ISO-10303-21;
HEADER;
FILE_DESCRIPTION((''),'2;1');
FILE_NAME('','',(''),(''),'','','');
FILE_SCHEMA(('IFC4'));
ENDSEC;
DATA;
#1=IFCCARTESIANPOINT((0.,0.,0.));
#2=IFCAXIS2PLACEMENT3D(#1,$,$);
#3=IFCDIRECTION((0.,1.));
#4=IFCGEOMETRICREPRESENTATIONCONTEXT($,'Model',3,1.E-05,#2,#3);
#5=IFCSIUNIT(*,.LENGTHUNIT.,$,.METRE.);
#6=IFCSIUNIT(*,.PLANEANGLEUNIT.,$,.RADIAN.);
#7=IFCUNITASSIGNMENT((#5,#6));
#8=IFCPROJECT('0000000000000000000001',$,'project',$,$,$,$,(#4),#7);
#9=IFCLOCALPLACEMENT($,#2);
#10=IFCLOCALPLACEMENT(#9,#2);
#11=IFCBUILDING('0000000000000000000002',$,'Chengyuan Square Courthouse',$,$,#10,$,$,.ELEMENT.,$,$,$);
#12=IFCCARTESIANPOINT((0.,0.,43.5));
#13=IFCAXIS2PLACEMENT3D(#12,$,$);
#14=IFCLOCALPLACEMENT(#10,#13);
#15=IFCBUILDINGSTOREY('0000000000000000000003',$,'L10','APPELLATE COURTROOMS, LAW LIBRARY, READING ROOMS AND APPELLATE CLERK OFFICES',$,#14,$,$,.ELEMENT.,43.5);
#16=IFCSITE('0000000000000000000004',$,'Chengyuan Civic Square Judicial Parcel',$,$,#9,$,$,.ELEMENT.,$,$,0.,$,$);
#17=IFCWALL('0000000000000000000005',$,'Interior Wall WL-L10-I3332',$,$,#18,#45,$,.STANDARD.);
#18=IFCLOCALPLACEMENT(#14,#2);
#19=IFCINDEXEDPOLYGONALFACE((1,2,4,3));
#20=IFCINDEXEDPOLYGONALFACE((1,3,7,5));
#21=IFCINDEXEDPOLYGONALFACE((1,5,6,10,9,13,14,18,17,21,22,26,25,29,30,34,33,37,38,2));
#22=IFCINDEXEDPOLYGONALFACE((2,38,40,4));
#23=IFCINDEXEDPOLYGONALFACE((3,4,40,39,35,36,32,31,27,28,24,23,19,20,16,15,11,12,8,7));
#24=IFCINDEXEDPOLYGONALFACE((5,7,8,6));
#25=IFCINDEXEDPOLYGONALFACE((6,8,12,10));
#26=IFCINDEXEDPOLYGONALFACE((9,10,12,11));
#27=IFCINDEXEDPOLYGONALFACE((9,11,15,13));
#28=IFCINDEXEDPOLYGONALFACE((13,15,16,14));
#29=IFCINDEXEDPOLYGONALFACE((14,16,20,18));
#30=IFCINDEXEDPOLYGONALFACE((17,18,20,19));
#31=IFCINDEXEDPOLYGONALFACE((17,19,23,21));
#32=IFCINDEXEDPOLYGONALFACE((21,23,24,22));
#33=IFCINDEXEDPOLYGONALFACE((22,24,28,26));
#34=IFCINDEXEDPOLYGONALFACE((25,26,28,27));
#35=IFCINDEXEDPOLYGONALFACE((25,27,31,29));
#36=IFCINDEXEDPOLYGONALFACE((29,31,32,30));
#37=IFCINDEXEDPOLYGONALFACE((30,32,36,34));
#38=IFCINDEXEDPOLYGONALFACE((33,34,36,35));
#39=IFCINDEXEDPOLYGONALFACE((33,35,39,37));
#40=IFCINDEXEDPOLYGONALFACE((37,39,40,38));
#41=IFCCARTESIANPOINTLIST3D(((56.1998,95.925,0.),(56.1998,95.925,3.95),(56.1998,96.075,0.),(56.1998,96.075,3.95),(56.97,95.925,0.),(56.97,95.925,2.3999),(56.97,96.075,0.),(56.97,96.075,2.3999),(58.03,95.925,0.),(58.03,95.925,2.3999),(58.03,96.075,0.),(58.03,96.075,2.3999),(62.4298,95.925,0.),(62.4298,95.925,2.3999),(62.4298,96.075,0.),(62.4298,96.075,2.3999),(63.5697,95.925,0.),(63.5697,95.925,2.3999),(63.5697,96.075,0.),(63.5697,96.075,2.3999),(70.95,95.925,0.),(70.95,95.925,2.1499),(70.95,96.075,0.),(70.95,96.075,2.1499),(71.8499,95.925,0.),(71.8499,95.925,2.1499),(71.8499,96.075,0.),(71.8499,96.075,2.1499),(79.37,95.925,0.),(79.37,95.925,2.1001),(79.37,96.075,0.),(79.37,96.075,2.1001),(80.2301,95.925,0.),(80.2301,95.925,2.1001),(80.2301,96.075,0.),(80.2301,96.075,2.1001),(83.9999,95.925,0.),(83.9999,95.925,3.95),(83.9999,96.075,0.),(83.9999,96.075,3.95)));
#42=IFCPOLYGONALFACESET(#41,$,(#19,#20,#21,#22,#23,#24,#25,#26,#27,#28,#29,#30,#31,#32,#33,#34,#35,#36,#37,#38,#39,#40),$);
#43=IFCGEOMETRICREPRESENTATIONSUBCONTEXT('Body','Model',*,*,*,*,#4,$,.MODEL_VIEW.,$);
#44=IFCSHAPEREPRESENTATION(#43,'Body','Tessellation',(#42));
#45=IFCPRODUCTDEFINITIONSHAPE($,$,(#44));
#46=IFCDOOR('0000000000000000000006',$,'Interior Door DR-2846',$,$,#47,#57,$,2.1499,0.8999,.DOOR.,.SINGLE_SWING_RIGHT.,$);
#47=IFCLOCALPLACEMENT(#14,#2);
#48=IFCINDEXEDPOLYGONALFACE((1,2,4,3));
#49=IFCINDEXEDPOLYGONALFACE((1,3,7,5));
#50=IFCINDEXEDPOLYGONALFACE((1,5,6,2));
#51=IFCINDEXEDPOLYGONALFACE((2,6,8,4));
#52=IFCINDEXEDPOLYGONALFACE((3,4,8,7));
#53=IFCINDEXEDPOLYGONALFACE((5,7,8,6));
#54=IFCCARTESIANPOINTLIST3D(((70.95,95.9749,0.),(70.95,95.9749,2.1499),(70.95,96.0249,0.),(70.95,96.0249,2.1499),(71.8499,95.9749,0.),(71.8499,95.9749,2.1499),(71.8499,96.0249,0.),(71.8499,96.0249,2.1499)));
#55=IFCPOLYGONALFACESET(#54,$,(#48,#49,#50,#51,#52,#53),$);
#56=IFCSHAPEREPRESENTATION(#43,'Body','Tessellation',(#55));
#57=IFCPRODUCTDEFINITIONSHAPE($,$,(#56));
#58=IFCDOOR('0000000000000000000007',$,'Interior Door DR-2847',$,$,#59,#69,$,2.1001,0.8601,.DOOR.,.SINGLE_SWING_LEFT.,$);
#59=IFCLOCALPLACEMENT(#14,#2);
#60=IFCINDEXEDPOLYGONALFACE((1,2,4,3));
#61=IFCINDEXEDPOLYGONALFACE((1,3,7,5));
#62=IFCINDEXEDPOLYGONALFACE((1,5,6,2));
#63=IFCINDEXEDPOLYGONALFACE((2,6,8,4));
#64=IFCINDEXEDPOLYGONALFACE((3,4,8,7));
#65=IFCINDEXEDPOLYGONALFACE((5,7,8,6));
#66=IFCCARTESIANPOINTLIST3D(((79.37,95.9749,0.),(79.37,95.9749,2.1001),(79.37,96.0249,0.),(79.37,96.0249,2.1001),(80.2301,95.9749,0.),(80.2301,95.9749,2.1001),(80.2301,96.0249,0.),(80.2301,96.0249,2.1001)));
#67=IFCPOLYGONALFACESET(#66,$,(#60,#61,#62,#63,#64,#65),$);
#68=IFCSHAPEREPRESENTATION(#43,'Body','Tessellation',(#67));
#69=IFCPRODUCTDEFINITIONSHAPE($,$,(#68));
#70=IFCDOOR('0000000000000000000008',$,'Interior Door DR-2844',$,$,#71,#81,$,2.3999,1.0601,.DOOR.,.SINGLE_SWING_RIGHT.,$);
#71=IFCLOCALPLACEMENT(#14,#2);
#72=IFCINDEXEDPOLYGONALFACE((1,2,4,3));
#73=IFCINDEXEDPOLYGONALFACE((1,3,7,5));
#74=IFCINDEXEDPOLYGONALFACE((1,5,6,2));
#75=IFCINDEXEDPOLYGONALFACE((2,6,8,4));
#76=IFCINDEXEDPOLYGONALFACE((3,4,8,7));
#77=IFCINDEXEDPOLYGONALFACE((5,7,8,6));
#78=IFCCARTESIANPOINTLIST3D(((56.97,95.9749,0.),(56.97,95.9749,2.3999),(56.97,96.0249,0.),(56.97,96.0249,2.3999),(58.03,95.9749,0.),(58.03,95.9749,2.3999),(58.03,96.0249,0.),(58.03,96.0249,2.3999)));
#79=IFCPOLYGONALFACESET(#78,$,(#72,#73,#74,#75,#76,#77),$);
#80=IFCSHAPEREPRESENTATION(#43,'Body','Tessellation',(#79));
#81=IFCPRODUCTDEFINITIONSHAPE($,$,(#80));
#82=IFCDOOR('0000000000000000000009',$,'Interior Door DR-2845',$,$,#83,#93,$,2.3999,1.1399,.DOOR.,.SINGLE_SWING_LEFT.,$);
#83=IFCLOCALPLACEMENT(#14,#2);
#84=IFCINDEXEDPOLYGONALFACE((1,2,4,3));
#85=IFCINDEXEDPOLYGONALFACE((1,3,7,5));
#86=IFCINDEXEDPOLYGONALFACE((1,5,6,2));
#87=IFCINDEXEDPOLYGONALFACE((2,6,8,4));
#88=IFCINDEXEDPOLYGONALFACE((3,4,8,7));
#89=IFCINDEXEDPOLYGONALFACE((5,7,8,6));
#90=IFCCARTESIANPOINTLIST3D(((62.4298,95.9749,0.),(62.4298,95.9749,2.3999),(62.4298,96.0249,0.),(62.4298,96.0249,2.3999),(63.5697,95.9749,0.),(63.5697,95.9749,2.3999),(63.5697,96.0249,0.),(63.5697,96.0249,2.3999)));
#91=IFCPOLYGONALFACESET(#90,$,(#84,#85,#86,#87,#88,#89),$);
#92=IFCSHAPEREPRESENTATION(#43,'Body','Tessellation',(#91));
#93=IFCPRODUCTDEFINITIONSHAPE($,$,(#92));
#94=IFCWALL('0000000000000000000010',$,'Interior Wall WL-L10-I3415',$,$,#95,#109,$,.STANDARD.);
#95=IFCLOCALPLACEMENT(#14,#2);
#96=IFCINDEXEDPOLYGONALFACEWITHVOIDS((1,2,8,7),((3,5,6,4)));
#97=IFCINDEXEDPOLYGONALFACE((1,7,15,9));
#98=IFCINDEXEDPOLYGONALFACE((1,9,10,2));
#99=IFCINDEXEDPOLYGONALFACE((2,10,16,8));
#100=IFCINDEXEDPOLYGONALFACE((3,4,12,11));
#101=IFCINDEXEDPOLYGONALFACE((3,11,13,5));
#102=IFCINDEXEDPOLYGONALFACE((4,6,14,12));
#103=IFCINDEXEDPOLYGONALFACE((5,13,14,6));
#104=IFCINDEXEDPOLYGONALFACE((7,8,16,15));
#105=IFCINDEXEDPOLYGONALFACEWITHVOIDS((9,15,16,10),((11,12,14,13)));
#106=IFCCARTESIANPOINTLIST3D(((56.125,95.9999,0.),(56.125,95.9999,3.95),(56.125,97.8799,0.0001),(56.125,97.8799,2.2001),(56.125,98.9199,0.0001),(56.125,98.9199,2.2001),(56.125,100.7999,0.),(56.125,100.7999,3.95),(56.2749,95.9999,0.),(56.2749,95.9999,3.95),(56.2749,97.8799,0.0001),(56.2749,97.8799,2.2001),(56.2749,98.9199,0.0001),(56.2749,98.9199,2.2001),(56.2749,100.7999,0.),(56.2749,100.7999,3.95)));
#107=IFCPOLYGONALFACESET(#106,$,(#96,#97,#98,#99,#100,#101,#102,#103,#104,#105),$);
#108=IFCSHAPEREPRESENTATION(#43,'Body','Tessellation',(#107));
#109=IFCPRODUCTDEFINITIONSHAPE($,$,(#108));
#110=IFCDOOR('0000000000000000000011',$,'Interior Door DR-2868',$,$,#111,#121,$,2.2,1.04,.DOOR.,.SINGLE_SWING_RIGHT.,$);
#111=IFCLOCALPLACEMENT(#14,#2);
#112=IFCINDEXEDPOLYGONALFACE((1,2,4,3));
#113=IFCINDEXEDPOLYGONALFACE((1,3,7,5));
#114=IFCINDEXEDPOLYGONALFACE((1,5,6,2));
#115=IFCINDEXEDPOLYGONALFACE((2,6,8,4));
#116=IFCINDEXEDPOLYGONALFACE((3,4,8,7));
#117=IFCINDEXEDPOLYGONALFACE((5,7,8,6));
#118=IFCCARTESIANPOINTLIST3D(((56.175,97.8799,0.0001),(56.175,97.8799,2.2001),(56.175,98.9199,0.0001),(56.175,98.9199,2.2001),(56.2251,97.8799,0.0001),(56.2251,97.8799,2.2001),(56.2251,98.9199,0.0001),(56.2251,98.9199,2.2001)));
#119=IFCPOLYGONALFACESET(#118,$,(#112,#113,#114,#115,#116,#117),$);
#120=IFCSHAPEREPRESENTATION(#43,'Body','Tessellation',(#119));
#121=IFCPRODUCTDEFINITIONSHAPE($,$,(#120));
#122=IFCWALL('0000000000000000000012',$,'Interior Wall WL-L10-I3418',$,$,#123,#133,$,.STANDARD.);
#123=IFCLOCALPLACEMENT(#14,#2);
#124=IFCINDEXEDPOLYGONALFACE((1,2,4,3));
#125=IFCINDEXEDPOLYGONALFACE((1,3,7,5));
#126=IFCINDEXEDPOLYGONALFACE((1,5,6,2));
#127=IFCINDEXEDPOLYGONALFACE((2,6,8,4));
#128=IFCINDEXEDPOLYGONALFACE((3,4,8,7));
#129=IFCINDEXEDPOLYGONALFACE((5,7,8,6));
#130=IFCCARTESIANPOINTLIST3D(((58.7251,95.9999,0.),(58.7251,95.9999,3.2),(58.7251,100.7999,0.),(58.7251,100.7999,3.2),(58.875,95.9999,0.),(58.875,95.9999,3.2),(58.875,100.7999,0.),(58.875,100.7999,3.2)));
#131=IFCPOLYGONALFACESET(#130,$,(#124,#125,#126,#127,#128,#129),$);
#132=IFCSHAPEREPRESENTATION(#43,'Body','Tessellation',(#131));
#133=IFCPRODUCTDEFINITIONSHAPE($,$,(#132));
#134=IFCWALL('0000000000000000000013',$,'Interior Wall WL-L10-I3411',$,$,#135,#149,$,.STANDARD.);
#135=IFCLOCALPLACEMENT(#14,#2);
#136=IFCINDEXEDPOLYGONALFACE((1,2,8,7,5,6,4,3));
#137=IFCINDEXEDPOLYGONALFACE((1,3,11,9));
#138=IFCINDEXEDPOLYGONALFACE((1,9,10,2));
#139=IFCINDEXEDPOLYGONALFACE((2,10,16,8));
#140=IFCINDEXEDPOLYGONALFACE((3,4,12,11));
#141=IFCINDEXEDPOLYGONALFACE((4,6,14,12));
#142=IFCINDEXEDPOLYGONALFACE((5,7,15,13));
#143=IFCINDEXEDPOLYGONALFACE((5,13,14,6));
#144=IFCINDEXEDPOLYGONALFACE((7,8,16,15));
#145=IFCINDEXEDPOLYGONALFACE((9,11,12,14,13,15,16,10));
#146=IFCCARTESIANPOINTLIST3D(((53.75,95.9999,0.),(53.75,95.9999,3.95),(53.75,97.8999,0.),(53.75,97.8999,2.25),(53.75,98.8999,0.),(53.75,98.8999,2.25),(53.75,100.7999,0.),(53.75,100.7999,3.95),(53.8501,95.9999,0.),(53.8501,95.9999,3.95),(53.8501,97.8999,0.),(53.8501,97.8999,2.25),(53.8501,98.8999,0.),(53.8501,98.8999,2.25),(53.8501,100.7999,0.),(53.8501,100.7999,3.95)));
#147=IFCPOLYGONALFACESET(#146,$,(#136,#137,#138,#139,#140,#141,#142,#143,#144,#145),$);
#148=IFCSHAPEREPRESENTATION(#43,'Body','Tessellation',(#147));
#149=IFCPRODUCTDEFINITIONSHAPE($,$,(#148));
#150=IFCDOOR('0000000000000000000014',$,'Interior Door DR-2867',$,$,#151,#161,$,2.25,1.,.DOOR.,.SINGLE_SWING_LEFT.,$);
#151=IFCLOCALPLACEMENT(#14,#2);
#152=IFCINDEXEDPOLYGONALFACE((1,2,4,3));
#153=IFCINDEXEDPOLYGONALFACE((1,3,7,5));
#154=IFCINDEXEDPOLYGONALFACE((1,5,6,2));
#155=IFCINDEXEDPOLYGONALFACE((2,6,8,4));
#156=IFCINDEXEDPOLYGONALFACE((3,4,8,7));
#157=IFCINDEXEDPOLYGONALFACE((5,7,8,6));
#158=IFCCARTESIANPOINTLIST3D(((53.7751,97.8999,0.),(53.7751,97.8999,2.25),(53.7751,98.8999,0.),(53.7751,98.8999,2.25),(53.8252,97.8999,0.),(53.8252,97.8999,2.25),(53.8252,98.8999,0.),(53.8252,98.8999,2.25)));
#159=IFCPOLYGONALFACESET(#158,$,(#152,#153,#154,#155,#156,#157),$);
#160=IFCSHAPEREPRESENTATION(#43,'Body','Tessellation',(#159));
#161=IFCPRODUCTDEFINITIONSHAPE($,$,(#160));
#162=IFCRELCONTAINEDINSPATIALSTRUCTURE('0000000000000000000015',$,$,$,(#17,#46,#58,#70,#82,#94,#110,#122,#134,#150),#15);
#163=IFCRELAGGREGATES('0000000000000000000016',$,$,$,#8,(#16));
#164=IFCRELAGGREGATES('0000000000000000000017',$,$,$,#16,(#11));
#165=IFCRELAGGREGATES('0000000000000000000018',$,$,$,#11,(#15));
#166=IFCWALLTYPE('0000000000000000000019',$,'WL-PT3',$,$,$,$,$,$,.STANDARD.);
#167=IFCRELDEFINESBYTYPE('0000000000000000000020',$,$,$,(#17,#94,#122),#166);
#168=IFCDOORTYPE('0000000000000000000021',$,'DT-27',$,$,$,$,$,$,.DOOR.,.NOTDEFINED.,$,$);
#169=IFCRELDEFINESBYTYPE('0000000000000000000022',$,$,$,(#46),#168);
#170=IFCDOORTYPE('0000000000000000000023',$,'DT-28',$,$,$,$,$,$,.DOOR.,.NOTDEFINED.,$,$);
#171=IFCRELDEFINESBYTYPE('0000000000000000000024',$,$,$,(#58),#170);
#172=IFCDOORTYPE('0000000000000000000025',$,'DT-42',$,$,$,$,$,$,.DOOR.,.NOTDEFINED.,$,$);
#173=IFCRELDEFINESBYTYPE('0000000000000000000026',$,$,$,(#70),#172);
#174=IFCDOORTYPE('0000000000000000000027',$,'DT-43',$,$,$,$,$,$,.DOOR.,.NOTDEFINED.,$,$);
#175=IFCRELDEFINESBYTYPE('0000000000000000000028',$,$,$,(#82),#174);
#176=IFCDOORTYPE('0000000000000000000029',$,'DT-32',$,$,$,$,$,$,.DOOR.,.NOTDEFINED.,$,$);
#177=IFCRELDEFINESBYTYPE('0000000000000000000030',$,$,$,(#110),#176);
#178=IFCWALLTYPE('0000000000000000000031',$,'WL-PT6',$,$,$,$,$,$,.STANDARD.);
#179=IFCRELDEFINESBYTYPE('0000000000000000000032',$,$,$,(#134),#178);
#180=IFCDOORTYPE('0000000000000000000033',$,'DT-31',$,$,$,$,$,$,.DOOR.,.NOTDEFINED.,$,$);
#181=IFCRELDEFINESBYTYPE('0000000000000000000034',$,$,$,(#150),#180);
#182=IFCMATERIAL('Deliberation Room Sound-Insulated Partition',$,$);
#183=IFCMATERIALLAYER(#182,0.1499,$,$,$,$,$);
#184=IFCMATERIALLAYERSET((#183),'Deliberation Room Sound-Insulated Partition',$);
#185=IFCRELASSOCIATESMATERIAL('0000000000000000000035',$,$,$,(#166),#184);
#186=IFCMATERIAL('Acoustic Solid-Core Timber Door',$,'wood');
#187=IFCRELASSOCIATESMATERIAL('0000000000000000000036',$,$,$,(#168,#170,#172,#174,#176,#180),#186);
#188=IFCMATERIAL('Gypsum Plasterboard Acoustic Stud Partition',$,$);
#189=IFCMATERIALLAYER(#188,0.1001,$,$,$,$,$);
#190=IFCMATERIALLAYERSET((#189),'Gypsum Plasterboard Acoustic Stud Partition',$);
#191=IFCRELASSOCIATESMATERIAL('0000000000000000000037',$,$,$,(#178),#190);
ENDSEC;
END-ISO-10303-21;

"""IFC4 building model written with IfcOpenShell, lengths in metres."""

from ifc_helpers import new_model, si_unit, direction, frame, frame_2d, origin, place, context, subcontext, project, spatial, rectangle, extrude, material, layer, layer_set, type_object, element, fill, save


model = new_model("IFC4")

# Units and contexts
model_context = context("Model", 3, precision=1e-05, world=origin(), true_north=direction((0.0, 1.0)))
body_context = subcontext(model_context, "Body", "Model", "MODEL_VIEW")
ifc_project = project(units=[si_unit("LENGTHUNIT", "METRE"), si_unit("PLANEANGLEUNIT", "RADIAN")], contexts=[model_context])

# Site, building, storey
site_placement = place(None, origin())
site = spatial("IfcSite", under=ifc_project, at=site_placement, Name="Chengyuan Civic Square Judicial Parcel", CompositionType="ELEMENT", RefElevation=0.0)
building_placement = place(site_placement, origin())
building = spatial("IfcBuilding", under=site, at=building_placement, Name="Chengyuan Square Courthouse", CompositionType="ELEMENT")
storey_placement = place(building_placement, frame((0.0, 0.0, 43.5)))
storey = spatial("IfcBuildingStorey", under=building, at=storey_placement, Name="L10", Description="APPELLATE COURTROOMS, LAW LIBRARY, READING ROOMS AND APPELLATE CLERK OFFICES", CompositionType="ELEMENT", Elevation=43.5)

# Wall, openings, doors
ifc_material_1 = material(Name="Deliberation Room Sound-Insulated Partition")
ifc_layer_1 = layer(ifc_material_1, 0.1499)
ifc_layer_set_1 = layer_set([ifc_layer_1], Name="Deliberation Room Sound-Insulated Partition")
wall_type_1 = type_object("IfcWallType", Name="WL-PT3", PredefinedType="STANDARD", material=ifc_layer_set_1)
wall_1_placement = place(storey_placement, frame((56.2, 96.0, 0.0), z_axis=(0.0, 0.0, 1.0), x_axis=(1.0, 0.0, 0.0)))
wall_1 = element("IfcWall", 1, at=wall_1_placement, inside=storey, type_object=wall_type_1, Name="Interior Wall WL-L10-I3332", PredefinedType="STANDARD", context=body_context, shape_type="SweptSolid", body=[
    extrude(rectangle(XDim=27.8, YDim=0.1499, at=frame_2d((13.8999, 0.0))), origin(), (0.0, 0.0, 1.0), 3.95),
])
opening_1_placement = place(wall_1_placement, frame((0.77, 0.0, 0.0)))
opening_1 = element("IfcOpeningElement", 2, at=opening_1_placement, cuts=wall_1, PredefinedType="OPENING", context=body_context, shape_type="SweptSolid", body=[
    extrude(rectangle(XDim=1.0601, YDim=2.3999, at=frame_2d((0.53, 1.2))), frame((0.0, 0.0869, 0.0), z_axis=(0.0, -1.0, 0.0), x_axis=(1.0, 0.0, 0.0)), (0.0, 0.0, 1.0), 0.1738),
])
opening_2_placement = place(wall_1_placement, frame((6.23, 0.0, 0.0)))
opening_2 = element("IfcOpeningElement", 3, at=opening_2_placement, cuts=wall_1, PredefinedType="OPENING", context=body_context, shape_type="SweptSolid", body=[
    extrude(rectangle(XDim=1.1399, YDim=2.3999, at=frame_2d((0.5698, 1.2))), frame((0.0, 0.0869, 0.0), z_axis=(0.0, -1.0, 0.0), x_axis=(1.0, 0.0, 0.0)), (0.0, 0.0, 1.0), 0.1738),
])
opening_3_placement = place(wall_1_placement, frame((14.75, 0.0, 0.0)))
opening_3 = element("IfcOpeningElement", 4, at=opening_3_placement, cuts=wall_1, PredefinedType="OPENING", context=body_context, shape_type="SweptSolid", body=[
    extrude(rectangle(XDim=0.8999, YDim=2.1499, at=frame_2d((0.45, 1.075))), frame((0.0, 0.0869, 0.0), z_axis=(0.0, -1.0, 0.0), x_axis=(1.0, 0.0, 0.0)), (0.0, 0.0, 1.0), 0.1738),
])
opening_4_placement = place(wall_1_placement, frame((23.1699, 0.0, 0.0)))
opening_4 = element("IfcOpeningElement", 5, at=opening_4_placement, cuts=wall_1, PredefinedType="OPENING", context=body_context, shape_type="SweptSolid", body=[
    extrude(rectangle(XDim=0.8601, YDim=2.1001, at=frame_2d((0.4302, 1.05))), frame((0.0, 0.0869, 0.0), z_axis=(0.0, -1.0, 0.0), x_axis=(1.0, 0.0, 0.0)), (0.0, 0.0, 1.0), 0.1738),
])
ifc_material_2 = material(Name="Acoustic Solid-Core Timber Door", Category="wood")
door_type_1 = type_object("IfcDoorType", Name="DT-27", OperationType="NOTDEFINED", PredefinedType="DOOR", material=ifc_material_2)
door_1_placement = place(opening_3_placement, origin())
door_1 = element("IfcDoor", 6, at=door_1_placement, inside=storey, type_object=door_type_1, Name="Interior Door DR-2846", OperationType="SINGLE_SWING_RIGHT", OverallHeight=2.1499, OverallWidth=0.8999, PredefinedType="DOOR", context=body_context, shape_type="SweptSolid", body=[
    extrude(rectangle(XDim=0.8999, YDim=2.1499, at=frame_2d((0.45, 1.075))), frame((0.0, 0.0249, 0.0), z_axis=(0.0, -1.0, 0.0), x_axis=(1.0, 0.0, 0.0)), (0.0, 0.0, 1.0), 0.05),
])
fill(opening_3, door_1)
door_type_2 = type_object("IfcDoorType", Name="DT-28", OperationType="NOTDEFINED", PredefinedType="DOOR", material=ifc_material_2)
door_2_placement = place(opening_4_placement, origin())
door_2 = element("IfcDoor", 7, at=door_2_placement, inside=storey, type_object=door_type_2, Name="Interior Door DR-2847", OperationType="SINGLE_SWING_LEFT", OverallHeight=2.1001, OverallWidth=0.8601, PredefinedType="DOOR", context=body_context, shape_type="SweptSolid", body=[
    extrude(rectangle(XDim=0.8601, YDim=2.1001, at=frame_2d((0.4302, 1.05))), frame((0.0, 0.0249, 0.0), z_axis=(0.0, -1.0, 0.0), x_axis=(1.0, 0.0, 0.0)), (0.0, 0.0, 1.0), 0.05),
])
fill(opening_4, door_2)
door_type_3 = type_object("IfcDoorType", Name="DT-42", OperationType="NOTDEFINED", PredefinedType="DOOR", material=ifc_material_2)
door_3_placement = place(opening_1_placement, origin())
door_3 = element("IfcDoor", 8, at=door_3_placement, inside=storey, type_object=door_type_3, Name="Interior Door DR-2844", OperationType="SINGLE_SWING_RIGHT", OverallHeight=2.3999, OverallWidth=1.0601, PredefinedType="DOOR", context=body_context, shape_type="SweptSolid", body=[
    extrude(rectangle(XDim=1.0601, YDim=2.3999, at=frame_2d((0.53, 1.2))), frame((0.0, 0.0249, 0.0), z_axis=(0.0, -1.0, 0.0), x_axis=(1.0, 0.0, 0.0)), (0.0, 0.0, 1.0), 0.05),
])
fill(opening_1, door_3)
door_type_4 = type_object("IfcDoorType", Name="DT-43", OperationType="NOTDEFINED", PredefinedType="DOOR", material=ifc_material_2)
door_4_placement = place(opening_2_placement, origin())
door_4 = element("IfcDoor", 9, at=door_4_placement, inside=storey, type_object=door_type_4, Name="Interior Door DR-2845", OperationType="SINGLE_SWING_LEFT", OverallHeight=2.3999, OverallWidth=1.1399, PredefinedType="DOOR", context=body_context, shape_type="SweptSolid", body=[
    extrude(rectangle(XDim=1.1399, YDim=2.3999, at=frame_2d((0.5698, 1.2))), frame((0.0, 0.0249, 0.0), z_axis=(0.0, -1.0, 0.0), x_axis=(1.0, 0.0, 0.0)), (0.0, 0.0, 1.0), 0.05),
])
fill(opening_2, door_4)

# Wall, opening, door
wall_2_placement = place(storey_placement, frame((56.2, 96.0, 0.0), z_axis=(0.0, 0.0, 1.0), x_axis=(0.0, 1.0, 0.0)))
wall_2 = element("IfcWall", 10, at=wall_2_placement, inside=storey, type_object=wall_type_1, Name="Interior Wall WL-L10-I3415", PredefinedType="STANDARD", context=body_context, shape_type="SweptSolid", body=[
    extrude(rectangle(XDim=4.8, YDim=0.1499, at=frame_2d((2.3999, 0.0))), origin(), (0.0, 0.0, 1.0), 3.95),
])
opening_5_placement = place(wall_2_placement, frame((1.8799, 0.0, 0.0)))
opening_5 = element("IfcOpeningElement", 11, at=opening_5_placement, cuts=wall_2, PredefinedType="OPENING", context=body_context, shape_type="SweptSolid", body=[
    extrude(rectangle(XDim=1.04, YDim=2.2, at=frame_2d((0.52, 1.1001))), frame((0.0, 0.0869, 0.0), z_axis=(0.0, -1.0, 0.0), x_axis=(1.0, 0.0, 0.0)), (0.0, 0.0, 1.0), 0.1738),
])
door_type_5 = type_object("IfcDoorType", Name="DT-32", OperationType="NOTDEFINED", PredefinedType="DOOR", material=ifc_material_2)
door_5_placement = place(opening_5_placement, origin())
door_5 = element("IfcDoor", 12, at=door_5_placement, inside=storey, type_object=door_type_5, Name="Interior Door DR-2868", OperationType="SINGLE_SWING_RIGHT", OverallHeight=2.2, OverallWidth=1.04, PredefinedType="DOOR", context=body_context, shape_type="SweptSolid", body=[
    extrude(rectangle(XDim=1.04, YDim=2.2, at=frame_2d((0.52, 1.1001))), frame((0.0, 0.0249, 0.0), z_axis=(0.0, -1.0, 0.0), x_axis=(1.0, 0.0, 0.0)), (0.0, 0.0, 1.0), 0.05),
])
fill(opening_5, door_5)

# Wall
wall_3_placement = place(storey_placement, frame((58.8, 96.0, 0.0), z_axis=(0.0, 0.0, 1.0), x_axis=(0.0, 1.0, 0.0)))
element("IfcWall", 13, at=wall_3_placement, inside=storey, type_object=wall_type_1, Name="Interior Wall WL-L10-I3418", PredefinedType="STANDARD", context=body_context, shape_type="SweptSolid", body=[
    extrude(rectangle(XDim=4.8, YDim=0.1499, at=frame_2d((2.3999, 0.0))), origin(), (0.0, 0.0, 1.0), 3.2),
])

# Wall, opening, door
ifc_material_3 = material(Name="Gypsum Plasterboard Acoustic Stud Partition")
ifc_layer_2 = layer(ifc_material_3, 0.1001)
ifc_layer_set_2 = layer_set([ifc_layer_2], Name="Gypsum Plasterboard Acoustic Stud Partition")
wall_type_2 = type_object("IfcWallType", Name="WL-PT6", PredefinedType="STANDARD", material=ifc_layer_set_2)
wall_4_placement = place(storey_placement, frame((53.8, 96.0, 0.0), z_axis=(0.0, 0.0, 1.0), x_axis=(0.0, 1.0, 0.0)))
wall_4 = element("IfcWall", 14, at=wall_4_placement, inside=storey, type_object=wall_type_2, Name="Interior Wall WL-L10-I3411", PredefinedType="STANDARD", context=body_context, shape_type="SweptSolid", body=[
    extrude(rectangle(XDim=4.8, YDim=0.1001, at=frame_2d((2.3999, 0.0))), origin(), (0.0, 0.0, 1.0), 3.95),
])
opening_6_placement = place(wall_4_placement, frame((1.8999, 0.0, 0.0)))
opening_6 = element("IfcOpeningElement", 15, at=opening_6_placement, cuts=wall_4, PredefinedType="OPENING", context=body_context, shape_type="SweptSolid", body=[
    extrude(rectangle(XDim=1.0, YDim=2.25, at=frame_2d((0.5, 1.125))), frame((0.0, 0.062, 0.0), z_axis=(0.0, -1.0, 0.0), x_axis=(1.0, 0.0, 0.0)), (0.0, 0.0, 1.0), 0.124),
])
door_type_6 = type_object("IfcDoorType", Name="DT-31", OperationType="NOTDEFINED", PredefinedType="DOOR", material=ifc_material_2)
door_6_placement = place(opening_6_placement, origin())
door_6 = element("IfcDoor", 16, at=door_6_placement, inside=storey, type_object=door_type_6, Name="Interior Door DR-2867", OperationType="SINGLE_SWING_LEFT", OverallHeight=2.25, OverallWidth=1.0, PredefinedType="DOOR", context=body_context, shape_type="SweptSolid", body=[
    extrude(rectangle(XDim=1.0, YDim=2.25, at=frame_2d((0.5, 1.125))), frame((0.0, 0.0249, 0.0), z_axis=(0.0, -1.0, 0.0), x_axis=(1.0, 0.0, 0.0)), (0.0, 0.0, 1.0), 0.05),
])
fill(opening_6, door_6)

save(model, "model.ifc")
